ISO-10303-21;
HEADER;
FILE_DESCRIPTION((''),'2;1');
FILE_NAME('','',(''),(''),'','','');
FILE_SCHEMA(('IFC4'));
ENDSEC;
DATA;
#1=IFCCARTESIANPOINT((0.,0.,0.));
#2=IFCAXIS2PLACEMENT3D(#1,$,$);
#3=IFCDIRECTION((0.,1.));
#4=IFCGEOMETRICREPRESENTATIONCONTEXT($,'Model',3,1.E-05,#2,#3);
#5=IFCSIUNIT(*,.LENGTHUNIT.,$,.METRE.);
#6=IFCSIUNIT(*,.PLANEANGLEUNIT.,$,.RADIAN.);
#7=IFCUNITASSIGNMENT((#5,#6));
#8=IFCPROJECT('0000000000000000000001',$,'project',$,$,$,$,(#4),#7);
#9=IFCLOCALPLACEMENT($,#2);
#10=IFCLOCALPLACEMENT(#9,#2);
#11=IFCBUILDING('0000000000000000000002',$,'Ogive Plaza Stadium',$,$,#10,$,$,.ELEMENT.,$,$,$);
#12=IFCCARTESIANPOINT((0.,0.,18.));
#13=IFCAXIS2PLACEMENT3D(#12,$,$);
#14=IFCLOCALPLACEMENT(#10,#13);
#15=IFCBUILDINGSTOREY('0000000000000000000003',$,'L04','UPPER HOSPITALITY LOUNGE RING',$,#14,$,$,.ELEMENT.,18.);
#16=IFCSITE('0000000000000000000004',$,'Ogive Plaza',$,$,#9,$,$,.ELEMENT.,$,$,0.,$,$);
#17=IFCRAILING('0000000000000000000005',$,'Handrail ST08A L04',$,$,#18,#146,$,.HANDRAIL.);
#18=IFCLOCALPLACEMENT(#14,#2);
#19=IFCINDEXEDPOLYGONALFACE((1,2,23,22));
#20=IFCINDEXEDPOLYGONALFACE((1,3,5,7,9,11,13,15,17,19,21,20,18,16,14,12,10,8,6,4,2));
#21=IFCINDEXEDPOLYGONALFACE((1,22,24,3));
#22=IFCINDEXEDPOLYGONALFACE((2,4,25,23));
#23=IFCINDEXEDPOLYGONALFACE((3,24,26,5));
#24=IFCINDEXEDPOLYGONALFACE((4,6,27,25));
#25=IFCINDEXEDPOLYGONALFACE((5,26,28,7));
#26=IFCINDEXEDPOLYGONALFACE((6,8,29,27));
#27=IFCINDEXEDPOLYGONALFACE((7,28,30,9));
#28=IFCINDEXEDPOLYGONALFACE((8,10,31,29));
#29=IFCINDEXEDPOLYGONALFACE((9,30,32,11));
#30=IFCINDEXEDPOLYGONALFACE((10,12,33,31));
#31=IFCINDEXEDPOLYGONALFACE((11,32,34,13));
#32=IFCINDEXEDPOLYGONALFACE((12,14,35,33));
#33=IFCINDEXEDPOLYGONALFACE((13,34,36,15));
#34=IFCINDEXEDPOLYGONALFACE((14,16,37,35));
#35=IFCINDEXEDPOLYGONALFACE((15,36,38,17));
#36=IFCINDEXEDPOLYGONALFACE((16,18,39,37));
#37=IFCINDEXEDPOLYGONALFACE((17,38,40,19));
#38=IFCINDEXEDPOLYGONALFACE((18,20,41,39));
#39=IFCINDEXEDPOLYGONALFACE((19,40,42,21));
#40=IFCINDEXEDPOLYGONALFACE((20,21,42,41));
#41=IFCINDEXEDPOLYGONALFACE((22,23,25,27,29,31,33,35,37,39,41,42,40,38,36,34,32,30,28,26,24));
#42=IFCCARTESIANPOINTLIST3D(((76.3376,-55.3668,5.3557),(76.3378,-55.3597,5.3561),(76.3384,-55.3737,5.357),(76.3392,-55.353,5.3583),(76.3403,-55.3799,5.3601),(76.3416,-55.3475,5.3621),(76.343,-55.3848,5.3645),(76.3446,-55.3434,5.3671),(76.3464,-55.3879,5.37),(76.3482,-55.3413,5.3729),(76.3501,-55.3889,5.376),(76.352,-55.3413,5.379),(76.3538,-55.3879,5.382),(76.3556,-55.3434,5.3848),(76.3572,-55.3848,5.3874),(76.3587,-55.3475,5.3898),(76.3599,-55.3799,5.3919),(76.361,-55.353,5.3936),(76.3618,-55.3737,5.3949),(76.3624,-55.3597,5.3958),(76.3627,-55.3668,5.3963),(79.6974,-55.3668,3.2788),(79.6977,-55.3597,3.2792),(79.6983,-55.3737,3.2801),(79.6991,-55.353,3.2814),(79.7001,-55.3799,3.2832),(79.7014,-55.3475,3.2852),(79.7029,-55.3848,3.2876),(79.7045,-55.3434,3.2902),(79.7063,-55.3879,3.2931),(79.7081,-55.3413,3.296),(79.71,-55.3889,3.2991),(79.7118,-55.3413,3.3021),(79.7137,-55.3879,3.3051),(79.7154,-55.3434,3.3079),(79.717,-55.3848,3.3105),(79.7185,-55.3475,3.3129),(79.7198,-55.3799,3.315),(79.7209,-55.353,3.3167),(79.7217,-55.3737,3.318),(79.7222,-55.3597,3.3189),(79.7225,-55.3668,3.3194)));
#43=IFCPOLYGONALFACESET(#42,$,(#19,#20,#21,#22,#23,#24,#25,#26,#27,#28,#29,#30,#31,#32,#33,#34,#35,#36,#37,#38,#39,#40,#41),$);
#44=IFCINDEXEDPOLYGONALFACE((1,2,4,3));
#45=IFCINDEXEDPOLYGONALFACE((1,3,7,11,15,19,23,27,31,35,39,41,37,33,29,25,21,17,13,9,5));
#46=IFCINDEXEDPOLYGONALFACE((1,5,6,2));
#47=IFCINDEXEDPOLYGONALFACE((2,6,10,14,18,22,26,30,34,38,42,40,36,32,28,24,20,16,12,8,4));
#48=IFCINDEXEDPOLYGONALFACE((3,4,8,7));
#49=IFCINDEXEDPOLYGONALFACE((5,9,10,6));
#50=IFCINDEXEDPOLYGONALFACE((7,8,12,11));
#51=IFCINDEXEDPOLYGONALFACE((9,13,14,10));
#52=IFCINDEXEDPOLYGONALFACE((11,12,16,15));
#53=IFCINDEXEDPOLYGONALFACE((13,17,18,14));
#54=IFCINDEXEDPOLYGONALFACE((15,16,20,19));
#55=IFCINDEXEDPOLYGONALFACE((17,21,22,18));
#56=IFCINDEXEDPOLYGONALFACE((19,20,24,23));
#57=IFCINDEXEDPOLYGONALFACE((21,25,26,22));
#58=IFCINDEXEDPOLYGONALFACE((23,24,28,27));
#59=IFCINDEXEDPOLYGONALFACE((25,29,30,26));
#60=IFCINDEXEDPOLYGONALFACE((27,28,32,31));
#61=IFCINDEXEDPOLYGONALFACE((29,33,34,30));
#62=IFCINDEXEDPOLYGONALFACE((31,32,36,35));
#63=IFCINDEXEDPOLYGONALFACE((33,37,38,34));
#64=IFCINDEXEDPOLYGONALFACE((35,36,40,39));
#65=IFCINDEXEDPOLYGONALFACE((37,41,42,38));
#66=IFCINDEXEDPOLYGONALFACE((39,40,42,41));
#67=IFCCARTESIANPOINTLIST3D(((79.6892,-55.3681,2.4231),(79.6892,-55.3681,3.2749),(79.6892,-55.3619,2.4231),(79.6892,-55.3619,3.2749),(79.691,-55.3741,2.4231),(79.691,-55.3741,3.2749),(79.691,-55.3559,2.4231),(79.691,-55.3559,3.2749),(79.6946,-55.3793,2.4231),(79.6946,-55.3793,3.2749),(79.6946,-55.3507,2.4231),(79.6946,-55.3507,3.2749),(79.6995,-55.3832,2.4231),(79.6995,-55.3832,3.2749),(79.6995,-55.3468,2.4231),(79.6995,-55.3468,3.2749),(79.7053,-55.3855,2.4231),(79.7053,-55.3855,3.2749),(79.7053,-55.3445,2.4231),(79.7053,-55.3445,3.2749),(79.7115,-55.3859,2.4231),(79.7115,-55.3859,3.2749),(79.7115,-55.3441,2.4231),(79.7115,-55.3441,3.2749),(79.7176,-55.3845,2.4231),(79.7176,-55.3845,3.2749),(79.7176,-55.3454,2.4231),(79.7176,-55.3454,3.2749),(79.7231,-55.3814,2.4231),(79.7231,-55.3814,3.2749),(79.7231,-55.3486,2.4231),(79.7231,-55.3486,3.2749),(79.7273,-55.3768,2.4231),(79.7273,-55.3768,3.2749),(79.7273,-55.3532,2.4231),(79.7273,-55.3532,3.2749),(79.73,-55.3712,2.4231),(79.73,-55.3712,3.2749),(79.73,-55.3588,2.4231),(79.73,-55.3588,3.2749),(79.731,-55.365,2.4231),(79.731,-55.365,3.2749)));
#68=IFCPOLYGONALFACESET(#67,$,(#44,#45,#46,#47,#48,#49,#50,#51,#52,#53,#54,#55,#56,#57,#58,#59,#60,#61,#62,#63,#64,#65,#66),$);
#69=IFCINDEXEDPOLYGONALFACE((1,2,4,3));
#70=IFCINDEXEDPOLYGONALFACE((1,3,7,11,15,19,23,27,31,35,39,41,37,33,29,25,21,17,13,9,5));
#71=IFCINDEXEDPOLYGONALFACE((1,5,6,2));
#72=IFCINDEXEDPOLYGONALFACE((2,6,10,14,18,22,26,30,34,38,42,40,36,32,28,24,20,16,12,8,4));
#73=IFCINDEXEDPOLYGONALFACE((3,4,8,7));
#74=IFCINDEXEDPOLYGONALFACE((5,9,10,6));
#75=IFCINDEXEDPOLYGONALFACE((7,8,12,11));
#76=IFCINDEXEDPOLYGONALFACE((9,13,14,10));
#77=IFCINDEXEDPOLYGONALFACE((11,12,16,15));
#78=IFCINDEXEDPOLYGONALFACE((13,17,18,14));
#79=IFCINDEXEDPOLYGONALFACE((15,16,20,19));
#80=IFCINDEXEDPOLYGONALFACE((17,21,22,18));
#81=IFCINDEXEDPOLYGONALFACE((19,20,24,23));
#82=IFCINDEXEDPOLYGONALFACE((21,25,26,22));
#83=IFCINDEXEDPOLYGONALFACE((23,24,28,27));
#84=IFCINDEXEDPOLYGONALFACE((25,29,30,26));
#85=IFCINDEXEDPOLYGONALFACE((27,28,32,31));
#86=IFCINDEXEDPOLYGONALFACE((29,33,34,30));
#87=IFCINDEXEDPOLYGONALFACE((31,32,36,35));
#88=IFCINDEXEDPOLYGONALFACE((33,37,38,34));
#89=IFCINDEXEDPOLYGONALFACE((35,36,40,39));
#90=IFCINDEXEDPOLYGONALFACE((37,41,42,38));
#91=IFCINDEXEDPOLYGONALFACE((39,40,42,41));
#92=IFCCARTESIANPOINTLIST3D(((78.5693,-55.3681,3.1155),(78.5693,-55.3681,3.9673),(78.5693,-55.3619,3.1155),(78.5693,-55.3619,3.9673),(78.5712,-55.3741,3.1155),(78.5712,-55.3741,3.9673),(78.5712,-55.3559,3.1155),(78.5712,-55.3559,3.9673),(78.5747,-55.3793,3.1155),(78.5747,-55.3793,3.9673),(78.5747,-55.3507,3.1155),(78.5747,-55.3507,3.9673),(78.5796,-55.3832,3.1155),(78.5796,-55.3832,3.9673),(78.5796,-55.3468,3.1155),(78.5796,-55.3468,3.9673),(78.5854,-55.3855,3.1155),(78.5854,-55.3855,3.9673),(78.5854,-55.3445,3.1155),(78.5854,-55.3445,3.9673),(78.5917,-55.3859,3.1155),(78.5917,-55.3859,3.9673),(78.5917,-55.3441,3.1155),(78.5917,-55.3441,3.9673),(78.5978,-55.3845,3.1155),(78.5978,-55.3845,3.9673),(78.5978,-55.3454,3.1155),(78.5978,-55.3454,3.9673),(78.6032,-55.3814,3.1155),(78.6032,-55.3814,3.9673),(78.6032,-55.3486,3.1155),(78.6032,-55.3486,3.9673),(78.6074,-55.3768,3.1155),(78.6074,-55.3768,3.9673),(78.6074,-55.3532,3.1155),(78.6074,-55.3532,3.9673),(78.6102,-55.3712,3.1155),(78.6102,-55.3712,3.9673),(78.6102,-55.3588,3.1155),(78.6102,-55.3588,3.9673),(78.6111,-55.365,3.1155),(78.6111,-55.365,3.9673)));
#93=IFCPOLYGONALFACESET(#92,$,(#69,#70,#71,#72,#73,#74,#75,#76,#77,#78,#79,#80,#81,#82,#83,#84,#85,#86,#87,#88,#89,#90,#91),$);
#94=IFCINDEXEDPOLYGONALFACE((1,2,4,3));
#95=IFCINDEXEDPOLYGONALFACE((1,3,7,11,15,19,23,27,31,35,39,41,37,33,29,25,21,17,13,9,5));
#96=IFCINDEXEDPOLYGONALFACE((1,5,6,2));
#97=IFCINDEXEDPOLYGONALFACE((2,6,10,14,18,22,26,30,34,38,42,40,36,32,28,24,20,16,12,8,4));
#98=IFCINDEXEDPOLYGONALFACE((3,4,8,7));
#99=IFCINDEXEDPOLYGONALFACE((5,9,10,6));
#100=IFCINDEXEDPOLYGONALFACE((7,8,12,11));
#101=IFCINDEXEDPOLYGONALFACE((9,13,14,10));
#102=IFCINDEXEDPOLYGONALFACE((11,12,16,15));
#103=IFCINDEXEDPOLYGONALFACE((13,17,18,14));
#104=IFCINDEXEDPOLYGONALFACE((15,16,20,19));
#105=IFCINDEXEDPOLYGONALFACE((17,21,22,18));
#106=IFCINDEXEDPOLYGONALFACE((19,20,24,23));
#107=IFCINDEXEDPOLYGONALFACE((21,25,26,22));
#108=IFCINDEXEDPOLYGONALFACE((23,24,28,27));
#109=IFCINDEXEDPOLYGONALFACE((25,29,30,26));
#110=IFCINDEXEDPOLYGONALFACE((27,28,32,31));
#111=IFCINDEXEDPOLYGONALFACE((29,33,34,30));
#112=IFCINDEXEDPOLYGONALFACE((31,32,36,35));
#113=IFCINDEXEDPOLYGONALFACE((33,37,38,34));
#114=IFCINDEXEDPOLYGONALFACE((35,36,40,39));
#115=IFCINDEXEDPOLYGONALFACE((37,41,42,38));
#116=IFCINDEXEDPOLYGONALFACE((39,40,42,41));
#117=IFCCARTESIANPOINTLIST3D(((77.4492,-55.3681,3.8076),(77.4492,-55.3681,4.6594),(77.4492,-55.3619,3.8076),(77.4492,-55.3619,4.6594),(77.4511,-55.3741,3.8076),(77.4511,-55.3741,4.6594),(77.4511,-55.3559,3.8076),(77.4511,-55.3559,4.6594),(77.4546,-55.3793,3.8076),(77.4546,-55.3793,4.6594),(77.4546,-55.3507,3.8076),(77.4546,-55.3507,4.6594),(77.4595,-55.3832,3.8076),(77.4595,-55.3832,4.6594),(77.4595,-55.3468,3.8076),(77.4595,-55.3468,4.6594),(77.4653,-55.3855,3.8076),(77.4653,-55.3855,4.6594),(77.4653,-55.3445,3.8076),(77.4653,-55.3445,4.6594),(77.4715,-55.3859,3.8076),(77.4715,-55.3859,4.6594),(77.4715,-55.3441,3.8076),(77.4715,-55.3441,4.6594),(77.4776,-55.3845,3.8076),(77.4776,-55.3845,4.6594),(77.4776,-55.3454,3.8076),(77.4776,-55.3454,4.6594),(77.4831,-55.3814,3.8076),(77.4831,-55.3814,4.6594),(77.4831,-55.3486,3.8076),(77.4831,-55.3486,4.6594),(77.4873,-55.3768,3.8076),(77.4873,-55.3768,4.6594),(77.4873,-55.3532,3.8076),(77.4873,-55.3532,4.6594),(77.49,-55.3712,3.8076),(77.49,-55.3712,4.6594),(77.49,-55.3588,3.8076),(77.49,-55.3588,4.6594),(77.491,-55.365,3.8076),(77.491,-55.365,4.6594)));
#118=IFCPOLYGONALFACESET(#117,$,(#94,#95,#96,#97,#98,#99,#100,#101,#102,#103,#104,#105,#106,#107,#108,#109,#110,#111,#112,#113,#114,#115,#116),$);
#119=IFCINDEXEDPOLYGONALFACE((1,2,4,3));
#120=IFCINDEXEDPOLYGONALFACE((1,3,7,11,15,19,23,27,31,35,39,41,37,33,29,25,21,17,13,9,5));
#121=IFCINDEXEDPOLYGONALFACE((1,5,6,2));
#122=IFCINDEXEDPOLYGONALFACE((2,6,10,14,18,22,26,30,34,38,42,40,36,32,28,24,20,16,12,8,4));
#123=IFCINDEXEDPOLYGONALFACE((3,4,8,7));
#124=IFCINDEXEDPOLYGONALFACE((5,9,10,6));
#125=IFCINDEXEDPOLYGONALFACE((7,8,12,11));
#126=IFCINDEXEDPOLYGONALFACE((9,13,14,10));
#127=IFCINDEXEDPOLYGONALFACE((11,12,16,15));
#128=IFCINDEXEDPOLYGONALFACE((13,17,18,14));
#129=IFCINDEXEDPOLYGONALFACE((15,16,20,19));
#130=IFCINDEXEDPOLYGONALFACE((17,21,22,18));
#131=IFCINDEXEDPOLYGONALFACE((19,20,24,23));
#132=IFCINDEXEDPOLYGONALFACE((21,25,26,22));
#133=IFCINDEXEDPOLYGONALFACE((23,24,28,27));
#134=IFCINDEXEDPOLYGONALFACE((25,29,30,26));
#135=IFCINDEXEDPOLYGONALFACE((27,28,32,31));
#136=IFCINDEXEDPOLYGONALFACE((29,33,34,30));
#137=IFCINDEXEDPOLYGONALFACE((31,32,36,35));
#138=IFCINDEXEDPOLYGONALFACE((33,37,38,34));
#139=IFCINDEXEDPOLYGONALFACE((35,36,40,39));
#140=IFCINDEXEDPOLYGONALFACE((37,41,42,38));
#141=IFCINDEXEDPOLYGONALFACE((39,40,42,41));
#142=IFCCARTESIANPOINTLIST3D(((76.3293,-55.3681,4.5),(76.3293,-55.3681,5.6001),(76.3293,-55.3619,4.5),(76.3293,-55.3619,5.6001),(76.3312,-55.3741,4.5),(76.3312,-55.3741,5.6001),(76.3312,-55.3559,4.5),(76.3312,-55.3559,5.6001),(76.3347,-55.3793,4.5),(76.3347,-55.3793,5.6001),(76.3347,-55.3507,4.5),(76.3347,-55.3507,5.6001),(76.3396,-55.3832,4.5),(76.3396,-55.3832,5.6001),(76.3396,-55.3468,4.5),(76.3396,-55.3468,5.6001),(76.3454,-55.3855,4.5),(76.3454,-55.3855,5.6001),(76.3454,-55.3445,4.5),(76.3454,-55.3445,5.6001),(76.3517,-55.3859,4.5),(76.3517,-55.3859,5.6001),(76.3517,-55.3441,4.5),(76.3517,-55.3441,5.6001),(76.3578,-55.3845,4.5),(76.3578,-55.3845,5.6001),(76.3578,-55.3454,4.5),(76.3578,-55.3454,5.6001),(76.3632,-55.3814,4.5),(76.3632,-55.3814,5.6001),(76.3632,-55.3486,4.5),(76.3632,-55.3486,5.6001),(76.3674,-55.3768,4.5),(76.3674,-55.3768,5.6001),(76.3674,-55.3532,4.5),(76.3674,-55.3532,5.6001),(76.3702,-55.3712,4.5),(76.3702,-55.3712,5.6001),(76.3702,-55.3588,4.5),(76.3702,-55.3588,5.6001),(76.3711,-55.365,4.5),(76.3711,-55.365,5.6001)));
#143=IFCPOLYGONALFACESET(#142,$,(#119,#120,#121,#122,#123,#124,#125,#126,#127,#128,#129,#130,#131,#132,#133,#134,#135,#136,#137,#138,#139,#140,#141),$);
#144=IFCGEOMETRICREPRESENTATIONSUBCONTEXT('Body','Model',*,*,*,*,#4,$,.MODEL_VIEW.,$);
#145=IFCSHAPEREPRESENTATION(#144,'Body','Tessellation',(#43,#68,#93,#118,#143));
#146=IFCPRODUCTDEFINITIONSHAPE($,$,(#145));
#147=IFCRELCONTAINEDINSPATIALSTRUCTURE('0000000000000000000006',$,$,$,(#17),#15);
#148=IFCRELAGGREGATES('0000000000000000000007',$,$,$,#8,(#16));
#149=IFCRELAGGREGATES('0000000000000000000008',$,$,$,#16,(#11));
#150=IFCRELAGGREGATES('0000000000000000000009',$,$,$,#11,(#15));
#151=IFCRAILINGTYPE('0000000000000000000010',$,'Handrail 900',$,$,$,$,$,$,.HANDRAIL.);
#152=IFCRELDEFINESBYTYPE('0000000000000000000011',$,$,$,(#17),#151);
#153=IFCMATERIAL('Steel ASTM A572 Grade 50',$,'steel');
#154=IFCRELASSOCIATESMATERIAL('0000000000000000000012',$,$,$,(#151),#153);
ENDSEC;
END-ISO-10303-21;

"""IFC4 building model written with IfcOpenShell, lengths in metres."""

from ifc_helpers import new_model, si_unit, direction, frame, origin, origin_2d, place, context, subcontext, project, spatial, circle, extrude, material, type_object, element, save


model = new_model("IFC4")

# Units and contexts
model_context = context("Model", 3, precision=1e-05, world=origin(), true_north=direction((0.0, 1.0)))
body_context = subcontext(model_context, "Body", "Model", "MODEL_VIEW")
ifc_project = project(units=[si_unit("LENGTHUNIT", "METRE"), si_unit("PLANEANGLEUNIT", "RADIAN")], contexts=[model_context])

# Site, building, storey
site_placement = place(None, origin())
site = spatial("IfcSite", under=ifc_project, at=site_placement, Name="Ogive Plaza", CompositionType="ELEMENT", RefElevation=0.0)
building_placement = place(site_placement, origin())
building = spatial("IfcBuilding", under=site, at=building_placement, Name="Ogive Plaza Stadium", CompositionType="ELEMENT")
storey_placement = place(building_placement, frame((0.0, 0.0, 18.0)))
storey = spatial("IfcBuildingStorey", under=building, at=storey_placement, Name="L04", Description="UPPER HOSPITALITY LOUNGE RING", CompositionType="ELEMENT", Elevation=18.0)

# Railing
ifc_material_1 = material(Name="Steel ASTM A572 Grade 50", Category="steel")
railing_type = type_object("IfcRailingType", Name="Handrail 900", PredefinedType="HANDRAIL", material=ifc_material_1)
for number, where, name in (
    (1, (79.71, -55.365, 2.4231), "Handrail ST08A L04"),
):
    element("IfcRailing", number, at=place(storey_placement, frame(where)), inside=storey, type_object=railing_type, Name=name, PredefinedType="HANDRAIL", context=body_context, shape_type="SweptSolid", body=[
        extrude(circle(Radius=0.0239, at=origin_2d()), frame((0.0, 0.0, 0.876), z_axis=(-0.850606, 0.0, 0.525803), x_axis=(0.0, -1.0, 0.0)), (0.0, 0.0, 1.0), 3.95),
        extrude(circle(Radius=0.021, at=origin_2d()), origin(), (0.0, 0.0, 1.0), 0.8518),
        extrude(circle(Radius=0.021, at=origin_2d()), frame((-1.1199, 0.0, 0.6924)), (0.0, 0.0, 1.0), 0.8518),
        extrude(circle(Radius=0.021, at=origin_2d()), frame((-2.24, 0.0, 1.3845)), (0.0, 0.0, 1.0), 0.8518),
        extrude(circle(Radius=0.021, at=origin_2d()), frame((-3.3599, 0.0, 2.0769)), (0.0, 0.0, 1.0), 1.1001),
    ])

save(model, "model.ifc")
